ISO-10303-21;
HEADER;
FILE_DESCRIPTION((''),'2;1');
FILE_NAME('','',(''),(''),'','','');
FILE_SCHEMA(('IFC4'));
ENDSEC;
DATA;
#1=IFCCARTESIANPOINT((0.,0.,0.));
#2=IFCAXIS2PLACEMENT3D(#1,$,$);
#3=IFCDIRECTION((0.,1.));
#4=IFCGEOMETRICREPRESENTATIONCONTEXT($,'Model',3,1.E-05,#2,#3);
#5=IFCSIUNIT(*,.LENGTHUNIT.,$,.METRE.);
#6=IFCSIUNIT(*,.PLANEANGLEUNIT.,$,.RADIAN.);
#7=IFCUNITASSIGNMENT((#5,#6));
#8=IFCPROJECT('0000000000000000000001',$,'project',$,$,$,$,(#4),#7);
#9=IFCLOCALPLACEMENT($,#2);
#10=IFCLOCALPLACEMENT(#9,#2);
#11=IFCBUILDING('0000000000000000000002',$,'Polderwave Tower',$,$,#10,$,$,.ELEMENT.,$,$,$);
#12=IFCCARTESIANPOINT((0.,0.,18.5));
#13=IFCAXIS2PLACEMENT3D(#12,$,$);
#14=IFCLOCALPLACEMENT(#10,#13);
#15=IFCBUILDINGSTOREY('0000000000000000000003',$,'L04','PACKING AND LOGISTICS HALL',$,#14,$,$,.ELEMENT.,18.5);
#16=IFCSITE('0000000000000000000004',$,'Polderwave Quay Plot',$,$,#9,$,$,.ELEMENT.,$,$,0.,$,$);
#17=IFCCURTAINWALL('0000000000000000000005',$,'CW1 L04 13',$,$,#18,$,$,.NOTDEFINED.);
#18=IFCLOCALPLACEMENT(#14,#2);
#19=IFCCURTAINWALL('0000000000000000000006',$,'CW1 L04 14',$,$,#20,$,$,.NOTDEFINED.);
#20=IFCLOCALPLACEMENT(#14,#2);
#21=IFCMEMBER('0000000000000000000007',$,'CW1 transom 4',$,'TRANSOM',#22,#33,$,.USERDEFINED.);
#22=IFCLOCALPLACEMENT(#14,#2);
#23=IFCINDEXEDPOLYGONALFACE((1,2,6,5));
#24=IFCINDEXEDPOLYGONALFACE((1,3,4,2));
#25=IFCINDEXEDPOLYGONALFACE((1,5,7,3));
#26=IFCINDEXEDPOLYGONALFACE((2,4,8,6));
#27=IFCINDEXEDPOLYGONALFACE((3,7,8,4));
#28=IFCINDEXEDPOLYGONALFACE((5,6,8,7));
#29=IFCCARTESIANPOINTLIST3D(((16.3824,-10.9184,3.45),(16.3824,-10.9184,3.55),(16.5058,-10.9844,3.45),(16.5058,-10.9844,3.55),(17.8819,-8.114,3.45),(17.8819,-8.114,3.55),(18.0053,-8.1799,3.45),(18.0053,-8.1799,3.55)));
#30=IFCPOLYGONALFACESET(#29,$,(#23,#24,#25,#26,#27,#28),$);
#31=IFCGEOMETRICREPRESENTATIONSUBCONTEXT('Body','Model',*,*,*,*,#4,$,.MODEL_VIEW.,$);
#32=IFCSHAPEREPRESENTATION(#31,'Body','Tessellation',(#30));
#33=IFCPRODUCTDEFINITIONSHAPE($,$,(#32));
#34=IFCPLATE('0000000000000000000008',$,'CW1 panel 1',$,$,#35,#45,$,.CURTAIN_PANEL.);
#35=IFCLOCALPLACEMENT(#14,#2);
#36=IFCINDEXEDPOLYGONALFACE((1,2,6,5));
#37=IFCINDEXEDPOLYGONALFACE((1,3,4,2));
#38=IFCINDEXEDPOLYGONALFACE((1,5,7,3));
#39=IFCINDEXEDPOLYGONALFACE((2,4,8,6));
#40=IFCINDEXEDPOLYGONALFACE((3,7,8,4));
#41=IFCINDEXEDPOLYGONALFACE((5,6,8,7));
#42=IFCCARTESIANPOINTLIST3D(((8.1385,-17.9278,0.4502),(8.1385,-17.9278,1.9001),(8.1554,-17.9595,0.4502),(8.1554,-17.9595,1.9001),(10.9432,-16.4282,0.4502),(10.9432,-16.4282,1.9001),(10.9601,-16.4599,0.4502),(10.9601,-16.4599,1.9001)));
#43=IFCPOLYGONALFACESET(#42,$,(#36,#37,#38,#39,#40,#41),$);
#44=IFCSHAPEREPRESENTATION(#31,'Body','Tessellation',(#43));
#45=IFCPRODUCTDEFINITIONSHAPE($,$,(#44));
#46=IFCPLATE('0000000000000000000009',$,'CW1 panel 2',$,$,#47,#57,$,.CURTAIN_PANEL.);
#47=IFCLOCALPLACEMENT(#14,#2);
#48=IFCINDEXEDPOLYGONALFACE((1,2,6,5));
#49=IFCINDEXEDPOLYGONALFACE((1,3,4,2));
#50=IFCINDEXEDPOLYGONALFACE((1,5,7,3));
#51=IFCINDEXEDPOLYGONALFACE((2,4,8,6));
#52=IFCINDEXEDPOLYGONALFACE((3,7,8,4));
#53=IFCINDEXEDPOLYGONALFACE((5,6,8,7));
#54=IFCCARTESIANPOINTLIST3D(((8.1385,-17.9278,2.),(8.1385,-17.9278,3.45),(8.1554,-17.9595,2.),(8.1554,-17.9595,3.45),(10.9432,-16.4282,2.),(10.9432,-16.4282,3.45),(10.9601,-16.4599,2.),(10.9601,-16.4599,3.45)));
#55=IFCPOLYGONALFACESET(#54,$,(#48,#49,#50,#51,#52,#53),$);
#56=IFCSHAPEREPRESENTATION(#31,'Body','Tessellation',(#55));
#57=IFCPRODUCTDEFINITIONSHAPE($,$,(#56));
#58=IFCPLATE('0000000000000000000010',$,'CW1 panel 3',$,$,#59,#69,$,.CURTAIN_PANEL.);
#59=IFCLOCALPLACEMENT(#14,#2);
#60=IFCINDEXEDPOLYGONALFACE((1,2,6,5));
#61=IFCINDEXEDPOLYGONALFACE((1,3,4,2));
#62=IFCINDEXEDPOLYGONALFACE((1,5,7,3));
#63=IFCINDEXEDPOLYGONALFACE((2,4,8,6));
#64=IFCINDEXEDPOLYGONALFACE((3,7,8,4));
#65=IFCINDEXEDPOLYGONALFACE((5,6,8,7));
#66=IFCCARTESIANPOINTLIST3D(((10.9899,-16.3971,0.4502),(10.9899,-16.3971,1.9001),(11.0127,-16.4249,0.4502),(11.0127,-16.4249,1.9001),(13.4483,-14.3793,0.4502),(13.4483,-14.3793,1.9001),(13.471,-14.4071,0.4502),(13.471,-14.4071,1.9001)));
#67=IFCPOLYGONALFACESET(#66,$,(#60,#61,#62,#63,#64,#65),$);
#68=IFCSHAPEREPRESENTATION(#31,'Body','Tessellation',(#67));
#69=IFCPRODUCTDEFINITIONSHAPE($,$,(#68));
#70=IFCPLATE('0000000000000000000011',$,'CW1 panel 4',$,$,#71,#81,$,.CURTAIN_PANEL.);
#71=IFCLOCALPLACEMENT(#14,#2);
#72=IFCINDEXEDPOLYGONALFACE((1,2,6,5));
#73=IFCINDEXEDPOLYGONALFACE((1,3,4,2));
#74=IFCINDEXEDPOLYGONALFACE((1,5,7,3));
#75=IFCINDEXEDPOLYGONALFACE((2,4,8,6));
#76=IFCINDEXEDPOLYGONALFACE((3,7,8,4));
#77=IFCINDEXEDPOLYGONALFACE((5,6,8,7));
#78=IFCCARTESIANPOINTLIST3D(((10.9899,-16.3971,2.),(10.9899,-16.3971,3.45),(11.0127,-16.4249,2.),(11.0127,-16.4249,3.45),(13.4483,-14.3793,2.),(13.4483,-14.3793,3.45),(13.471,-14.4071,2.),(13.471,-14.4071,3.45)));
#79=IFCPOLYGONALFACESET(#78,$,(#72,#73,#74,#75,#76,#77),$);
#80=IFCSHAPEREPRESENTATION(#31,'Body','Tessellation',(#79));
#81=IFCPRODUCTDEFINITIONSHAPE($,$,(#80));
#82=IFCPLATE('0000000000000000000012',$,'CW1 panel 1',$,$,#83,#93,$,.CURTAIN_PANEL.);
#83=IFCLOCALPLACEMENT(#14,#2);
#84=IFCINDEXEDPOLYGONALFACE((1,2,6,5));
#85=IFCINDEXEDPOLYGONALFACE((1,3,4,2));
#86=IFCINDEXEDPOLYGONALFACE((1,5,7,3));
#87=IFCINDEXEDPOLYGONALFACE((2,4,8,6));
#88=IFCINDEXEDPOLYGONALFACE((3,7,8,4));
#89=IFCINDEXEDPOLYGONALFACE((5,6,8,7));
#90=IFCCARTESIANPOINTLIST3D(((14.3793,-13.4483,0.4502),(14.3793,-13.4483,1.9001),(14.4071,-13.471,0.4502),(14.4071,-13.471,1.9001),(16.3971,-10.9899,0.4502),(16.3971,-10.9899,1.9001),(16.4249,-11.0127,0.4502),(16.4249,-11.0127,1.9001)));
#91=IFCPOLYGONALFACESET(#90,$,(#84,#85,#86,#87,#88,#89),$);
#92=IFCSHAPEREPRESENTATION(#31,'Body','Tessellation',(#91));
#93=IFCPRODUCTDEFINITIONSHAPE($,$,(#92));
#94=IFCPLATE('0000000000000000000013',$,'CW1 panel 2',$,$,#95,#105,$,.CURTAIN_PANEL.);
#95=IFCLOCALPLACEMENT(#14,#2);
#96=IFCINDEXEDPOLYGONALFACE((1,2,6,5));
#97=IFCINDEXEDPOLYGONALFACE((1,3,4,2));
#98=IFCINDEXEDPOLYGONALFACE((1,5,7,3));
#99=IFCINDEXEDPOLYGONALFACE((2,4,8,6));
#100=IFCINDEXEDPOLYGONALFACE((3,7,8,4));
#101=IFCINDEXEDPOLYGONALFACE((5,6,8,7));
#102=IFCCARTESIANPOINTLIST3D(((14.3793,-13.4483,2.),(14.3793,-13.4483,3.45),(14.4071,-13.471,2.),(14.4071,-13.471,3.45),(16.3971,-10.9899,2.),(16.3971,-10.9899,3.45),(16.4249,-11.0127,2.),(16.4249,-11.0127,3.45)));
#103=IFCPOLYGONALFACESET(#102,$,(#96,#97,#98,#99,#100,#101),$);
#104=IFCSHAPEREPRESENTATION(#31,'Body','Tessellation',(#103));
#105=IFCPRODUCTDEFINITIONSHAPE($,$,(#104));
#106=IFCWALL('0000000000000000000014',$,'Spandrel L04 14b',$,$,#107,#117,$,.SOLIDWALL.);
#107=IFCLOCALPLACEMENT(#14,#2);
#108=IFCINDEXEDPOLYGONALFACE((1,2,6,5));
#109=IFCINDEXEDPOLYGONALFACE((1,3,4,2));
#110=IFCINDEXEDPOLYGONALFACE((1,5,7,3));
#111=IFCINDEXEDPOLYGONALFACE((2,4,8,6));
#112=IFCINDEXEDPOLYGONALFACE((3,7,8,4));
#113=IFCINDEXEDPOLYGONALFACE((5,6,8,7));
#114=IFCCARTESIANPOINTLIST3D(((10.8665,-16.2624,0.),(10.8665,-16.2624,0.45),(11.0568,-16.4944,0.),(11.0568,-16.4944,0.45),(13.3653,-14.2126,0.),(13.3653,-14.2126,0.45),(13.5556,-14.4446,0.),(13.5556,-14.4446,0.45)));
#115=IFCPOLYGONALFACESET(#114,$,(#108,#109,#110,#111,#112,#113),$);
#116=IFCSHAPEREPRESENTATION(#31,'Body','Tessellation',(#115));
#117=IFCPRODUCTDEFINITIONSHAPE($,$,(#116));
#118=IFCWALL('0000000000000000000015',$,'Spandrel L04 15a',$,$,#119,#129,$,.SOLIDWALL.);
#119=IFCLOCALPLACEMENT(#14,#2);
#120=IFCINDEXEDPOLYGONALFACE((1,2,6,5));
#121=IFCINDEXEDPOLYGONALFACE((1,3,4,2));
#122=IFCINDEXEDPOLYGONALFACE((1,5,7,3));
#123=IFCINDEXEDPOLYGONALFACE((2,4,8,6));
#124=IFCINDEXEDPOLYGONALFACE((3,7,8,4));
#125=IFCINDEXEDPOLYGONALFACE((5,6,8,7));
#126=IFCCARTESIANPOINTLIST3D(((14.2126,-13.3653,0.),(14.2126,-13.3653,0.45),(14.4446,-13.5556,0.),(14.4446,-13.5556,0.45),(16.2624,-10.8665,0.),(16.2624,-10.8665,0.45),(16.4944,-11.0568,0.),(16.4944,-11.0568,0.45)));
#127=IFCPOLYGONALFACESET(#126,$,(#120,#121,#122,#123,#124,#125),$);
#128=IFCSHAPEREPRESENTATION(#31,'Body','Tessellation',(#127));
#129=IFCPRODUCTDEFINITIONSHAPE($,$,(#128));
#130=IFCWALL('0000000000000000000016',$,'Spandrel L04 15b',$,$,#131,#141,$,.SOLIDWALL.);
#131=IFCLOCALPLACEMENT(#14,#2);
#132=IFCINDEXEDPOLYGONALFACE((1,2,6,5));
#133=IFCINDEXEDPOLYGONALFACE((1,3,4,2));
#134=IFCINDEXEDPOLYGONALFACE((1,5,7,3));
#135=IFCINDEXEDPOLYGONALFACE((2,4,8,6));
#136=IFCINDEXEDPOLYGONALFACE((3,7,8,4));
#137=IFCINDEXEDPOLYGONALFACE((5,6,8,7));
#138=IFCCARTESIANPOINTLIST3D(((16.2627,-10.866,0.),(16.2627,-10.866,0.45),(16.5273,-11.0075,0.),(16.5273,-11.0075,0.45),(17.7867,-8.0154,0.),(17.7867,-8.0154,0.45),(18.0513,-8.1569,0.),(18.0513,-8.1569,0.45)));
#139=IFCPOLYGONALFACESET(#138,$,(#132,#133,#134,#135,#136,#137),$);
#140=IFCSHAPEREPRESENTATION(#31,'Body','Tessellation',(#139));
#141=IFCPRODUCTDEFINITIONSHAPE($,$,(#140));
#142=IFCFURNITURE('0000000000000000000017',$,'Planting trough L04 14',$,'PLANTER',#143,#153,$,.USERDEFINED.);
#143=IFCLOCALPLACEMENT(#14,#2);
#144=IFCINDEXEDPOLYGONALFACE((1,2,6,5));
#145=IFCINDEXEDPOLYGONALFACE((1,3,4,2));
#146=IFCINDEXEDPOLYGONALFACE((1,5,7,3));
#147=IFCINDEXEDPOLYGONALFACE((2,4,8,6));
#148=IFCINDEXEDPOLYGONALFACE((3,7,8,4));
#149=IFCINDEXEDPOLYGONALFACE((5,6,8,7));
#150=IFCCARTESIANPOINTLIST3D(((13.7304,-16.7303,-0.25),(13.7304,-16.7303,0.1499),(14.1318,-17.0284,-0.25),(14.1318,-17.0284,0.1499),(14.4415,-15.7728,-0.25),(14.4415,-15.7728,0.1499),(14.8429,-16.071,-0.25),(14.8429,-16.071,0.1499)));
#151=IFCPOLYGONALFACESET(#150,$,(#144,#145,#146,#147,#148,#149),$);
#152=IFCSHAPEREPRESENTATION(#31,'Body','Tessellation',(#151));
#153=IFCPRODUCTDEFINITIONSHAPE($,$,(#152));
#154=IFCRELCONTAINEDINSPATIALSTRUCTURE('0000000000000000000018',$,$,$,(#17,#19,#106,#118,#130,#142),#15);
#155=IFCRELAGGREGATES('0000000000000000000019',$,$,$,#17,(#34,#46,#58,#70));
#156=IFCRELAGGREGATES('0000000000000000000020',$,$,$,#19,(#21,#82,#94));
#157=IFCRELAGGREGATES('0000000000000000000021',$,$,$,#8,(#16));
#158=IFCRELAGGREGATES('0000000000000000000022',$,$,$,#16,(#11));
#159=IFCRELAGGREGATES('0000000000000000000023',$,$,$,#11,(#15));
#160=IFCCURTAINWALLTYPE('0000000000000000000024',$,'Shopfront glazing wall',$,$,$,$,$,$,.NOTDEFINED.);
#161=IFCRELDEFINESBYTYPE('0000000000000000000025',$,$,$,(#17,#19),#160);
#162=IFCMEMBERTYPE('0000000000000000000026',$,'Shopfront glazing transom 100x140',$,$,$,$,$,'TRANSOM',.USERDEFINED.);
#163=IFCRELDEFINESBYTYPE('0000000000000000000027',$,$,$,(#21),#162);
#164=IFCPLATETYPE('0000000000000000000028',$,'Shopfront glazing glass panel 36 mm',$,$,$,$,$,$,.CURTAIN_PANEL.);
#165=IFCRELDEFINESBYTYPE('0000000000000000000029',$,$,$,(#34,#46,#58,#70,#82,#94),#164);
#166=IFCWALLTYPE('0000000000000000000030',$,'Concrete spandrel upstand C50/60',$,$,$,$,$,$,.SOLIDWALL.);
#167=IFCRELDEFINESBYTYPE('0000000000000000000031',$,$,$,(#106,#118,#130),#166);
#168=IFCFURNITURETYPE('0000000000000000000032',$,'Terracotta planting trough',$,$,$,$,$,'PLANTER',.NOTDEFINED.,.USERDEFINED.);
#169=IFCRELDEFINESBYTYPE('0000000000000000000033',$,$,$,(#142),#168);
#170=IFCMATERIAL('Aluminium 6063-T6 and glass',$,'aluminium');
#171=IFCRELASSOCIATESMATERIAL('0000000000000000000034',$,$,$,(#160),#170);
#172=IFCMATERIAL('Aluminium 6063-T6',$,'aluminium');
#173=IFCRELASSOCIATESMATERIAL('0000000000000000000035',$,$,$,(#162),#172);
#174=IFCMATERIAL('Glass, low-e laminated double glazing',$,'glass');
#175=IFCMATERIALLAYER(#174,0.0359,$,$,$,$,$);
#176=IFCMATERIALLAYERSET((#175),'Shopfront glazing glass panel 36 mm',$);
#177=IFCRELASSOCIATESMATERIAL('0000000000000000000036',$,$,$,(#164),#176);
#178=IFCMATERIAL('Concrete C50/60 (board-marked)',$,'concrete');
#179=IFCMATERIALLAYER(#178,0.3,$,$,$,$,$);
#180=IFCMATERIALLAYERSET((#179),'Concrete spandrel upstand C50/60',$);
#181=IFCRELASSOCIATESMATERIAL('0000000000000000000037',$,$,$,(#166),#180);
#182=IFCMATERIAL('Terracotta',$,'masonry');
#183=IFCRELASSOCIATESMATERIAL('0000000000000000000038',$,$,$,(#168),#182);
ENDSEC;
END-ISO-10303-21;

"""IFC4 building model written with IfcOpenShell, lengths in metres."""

from ifc_helpers import new_model, si_unit, direction, frame, frame_2d, origin, origin_2d, place, context, subcontext, project, spatial, rectangle, extrude, material, layer, layer_set, material_profile, profile_set, type_object, element, aggregate, save


model = new_model("IFC4")

# Units and contexts
model_context = context("Model", 3, precision=1e-05, world=origin(), true_north=direction((0.0, 1.0)))
body_context = subcontext(model_context, "Body", "Model", "MODEL_VIEW")
ifc_project = project(units=[si_unit("LENGTHUNIT", "METRE"), si_unit("PLANEANGLEUNIT", "RADIAN")], contexts=[model_context])

# Site, building, storey
site_placement = place(None, origin())
site = spatial("IfcSite", under=ifc_project, at=site_placement, Name="Polderwave Quay Plot", CompositionType="ELEMENT", RefElevation=0.0)
building_placement = place(site_placement, origin())
building = spatial("IfcBuilding", under=site, at=building_placement, Name="Polderwave Tower", CompositionType="ELEMENT")
storey_placement = place(building_placement, frame((0.0, 0.0, 18.5)))
storey = spatial("IfcBuildingStorey", under=building, at=storey_placement, Name="L04", Description="PACKING AND LOGISTICS HALL", CompositionType="ELEMENT", Elevation=18.5)

# Curtain walls
ifc_material_1 = material(Name="Aluminium 6063-T6 and glass", Category="aluminium")
curtain_wall_type = type_object("IfcCurtainWallType", Name="Shopfront glazing wall", PredefinedType="NOTDEFINED", material=ifc_material_1)
curtain_wall_1_placement = place(storey_placement, origin())
curtain_wall_1 = element("IfcCurtainWall", 1, at=curtain_wall_1_placement, inside=storey, type_object=curtain_wall_type, Name="CW1 L04 13", PredefinedType="NOTDEFINED")
ifc_material_2 = material(Name="Aluminium 6063-T6", Category="aluminium")
curtain_wall_2_placement = place(storey_placement, origin())
curtain_wall_2 = element("IfcCurtainWall", 2, at=curtain_wall_2_placement, inside=storey, type_object=curtain_wall_type, Name="CW1 L04 14", PredefinedType="NOTDEFINED")

# Member
ifc_material_profile_1 = material_profile(ifc_material_2, rectangle(XDim=0.1399, YDim=0.1001, at=origin_2d()), Name="AL 100x140")
ifc_profile_set_1 = profile_set([ifc_material_profile_1], Name="Aluminium 6063-T6")
member_type_1 = type_object("IfcMemberType", Name="Shopfront glazing transom 100x140", ElementType="TRANSOM", PredefinedType="USERDEFINED", material=ifc_profile_set_1)
member_1_placement = place(storey_placement, frame((16.4441, -10.9514, 3.5), z_axis=(0.47152, 0.881855, 0.0), x_axis=(-0.881855, 0.47152, 0.0)))
member_1 = element("IfcMember", 3, at=member_1_placement, type_object=member_type_1, Name="CW1 transom 4", ObjectType="TRANSOM", PredefinedType="USERDEFINED", context=body_context, shape_type="SweptSolid", body=[
    extrude(rectangle(XDim=0.1399, YDim=0.1001, at=origin_2d()), origin(), (0.0, 0.0, 1.0), 3.1802),
])

# Plates
ifc_material_3 = material(Name="Glass, low-e laminated double glazing", Category="glass")
ifc_layer_1 = layer(ifc_material_3, 0.0359)
ifc_layer_set_1 = layer_set([ifc_layer_1], Name="Shopfront glazing glass panel 36 mm")
plate_type = type_object("IfcPlateType", Name="Shopfront glazing glass panel 36 mm", PredefinedType="CURTAIN_PANEL", material=ifc_layer_set_1)
plate_1_placement = place(storey_placement, frame((9.5493, -17.1938, 0.4502), z_axis=(0.0, 0.0, 1.0), x_axis=(0.881861, 0.471509, 0.0)))
plate_1 = element("IfcPlate", 4, at=plate_1_placement, type_object=plate_type, Name="CW1 panel 1", PredefinedType="CURTAIN_PANEL", context=body_context, shape_type="SweptSolid", body=[
    extrude(rectangle(XDim=3.1804, YDim=0.0359, at=origin_2d()), origin(), (0.0, 0.0, 1.0), 1.45),
])
plate_2_placement = place(storey_placement, frame((9.5493, -17.1938, 2.0), z_axis=(0.0, 0.0, 1.0), x_axis=(0.881861, 0.471509, 0.0)))
plate_2 = element("IfcPlate", 5, at=plate_2_placement, type_object=plate_type, Name="CW1 panel 2", PredefinedType="CURTAIN_PANEL", context=body_context, shape_type="SweptSolid", body=[
    extrude(rectangle(XDim=3.1804, YDim=0.0359, at=origin_2d()), origin(), (0.0, 0.0, 1.0), 1.45),
])
plate_3_placement = place(storey_placement, frame((12.2305, -15.4021, 0.4502), z_axis=(0.0, 0.0, 1.0), x_axis=(0.772962, 0.634453, 0.0)))
plate_3 = element("IfcPlate", 6, at=plate_3_placement, type_object=plate_type, Name="CW1 panel 3", PredefinedType="CURTAIN_PANEL", context=body_context, shape_type="SweptSolid", body=[
    extrude(rectangle(XDim=3.1804, YDim=0.0359, at=origin_2d()), origin(), (0.0, 0.0, 1.0), 1.45),
])
plate_4_placement = place(storey_placement, frame((12.2305, -15.4021, 2.0), z_axis=(0.0, 0.0, 1.0), x_axis=(0.772962, 0.634453, 0.0)))
plate_4 = element("IfcPlate", 7, at=plate_4_placement, type_object=plate_type, Name="CW1 panel 4", PredefinedType="CURTAIN_PANEL", context=body_context, shape_type="SweptSolid", body=[
    extrude(rectangle(XDim=3.1804, YDim=0.0359, at=origin_2d()), origin(), (0.0, 0.0, 1.0), 1.45),
])
aggregate(curtain_wall_1, [plate_1, plate_2, plate_3, plate_4])
plate_5_placement = place(storey_placement, frame((15.4021, -12.2305, 0.4502), z_axis=(0.0, 0.0, 1.0), x_axis=(0.634453, 0.772962, 0.0)))
plate_5 = element("IfcPlate", 8, at=plate_5_placement, type_object=plate_type, Name="CW1 panel 1", PredefinedType="CURTAIN_PANEL", context=body_context, shape_type="SweptSolid", body=[
    extrude(rectangle(XDim=3.1804, YDim=0.0359, at=origin_2d()), origin(), (0.0, 0.0, 1.0), 1.45),
])
plate_6_placement = place(storey_placement, frame((15.4021, -12.2305, 2.0), z_axis=(0.0, 0.0, 1.0), x_axis=(0.634453, 0.772962, 0.0)))
plate_6 = element("IfcPlate", 9, at=plate_6_placement, type_object=plate_type, Name="CW1 panel 2", PredefinedType="CURTAIN_PANEL", context=body_context, shape_type="SweptSolid", body=[
    extrude(rectangle(XDim=3.1804, YDim=0.0359, at=origin_2d()), origin(), (0.0, 0.0, 1.0), 1.45),
])
aggregate(curtain_wall_2, [member_1, plate_5, plate_6])

# Walls
ifc_material_4 = material(Name="Concrete C50/60 (board-marked)", Category="concrete")
ifc_layer_2 = layer(ifc_material_4, 0.3)
ifc_layer_set_2 = layer_set([ifc_layer_2], Name="Concrete spandrel upstand C50/60")
wall_type = type_object("IfcWallType", Name="Concrete spandrel upstand C50/60", PredefinedType="SOLIDWALL", material=ifc_layer_set_2)
for number, where, z_axis, x_axis, name in (
    (10, (10.9617, -16.3784, 0.0), (0.0, 0.0, 1.0), (0.773146, 0.634229, 0.0), "Spandrel L04 14b"),
    (11, (14.3286, -13.4604, 0.0), (0.0, 0.0, 1.0), (0.634229, 0.773146, 0.0), "Spandrel L04 15a"),
):
    element("IfcWall", number, at=place(storey_placement, frame(where, z_axis=z_axis, x_axis=x_axis)), inside=storey, type_object=wall_type, Name=name, PredefinedType="SOLIDWALL", context=body_context, shape_type="SweptSolid", body=[
        extrude(rectangle(XDim=3.2319, YDim=0.3, at=frame_2d((1.616, 0.0))), origin(), (0.0, 0.0, 1.0), 0.45),
    ])
wall_placement = place(storey_placement, frame((16.395, -10.9368, 0.0), z_axis=(0.0, 0.0, 1.0), x_axis=(0.471458, 0.881888, 0.0)))
element("IfcWall", 12, at=wall_placement, inside=storey, type_object=wall_type, Name="Spandrel L04 15b", PredefinedType="SOLIDWALL", context=body_context, shape_type="SweptSolid", body=[
    extrude(rectangle(XDim=3.2324, YDim=0.3, at=frame_2d((1.6162, 0.0))), origin(), (0.0, 0.0, 1.0), 0.45),
])

# Furniture
ifc_material_5 = material(Name="Terracotta", Category="masonry")
furniture_type = type_object("IfcFurnitureType", Name="Terracotta planting trough", ElementType="PLANTER", AssemblyPlace="NOTDEFINED", PredefinedType="USERDEFINED", material=ifc_material_5)
furniture_placement = place(storey_placement, frame((14.2866, -16.4006, -0.25), z_axis=(0.0, 0.0, 1.0), x_axis=(0.596233, 0.802811, 0.0)))
element("IfcFurniture", 13, at=furniture_placement, inside=storey, type_object=furniture_type, Name="Planting trough L04 14", ObjectType="PLANTER", PredefinedType="USERDEFINED", context=body_context, shape_type="SweptSolid", body=[
    extrude(rectangle(XDim=1.1926, YDim=0.5, at=origin_2d()), origin(), (0.0, 0.0, 1.0), 0.3999),
])

save(model, "model.ifc")
